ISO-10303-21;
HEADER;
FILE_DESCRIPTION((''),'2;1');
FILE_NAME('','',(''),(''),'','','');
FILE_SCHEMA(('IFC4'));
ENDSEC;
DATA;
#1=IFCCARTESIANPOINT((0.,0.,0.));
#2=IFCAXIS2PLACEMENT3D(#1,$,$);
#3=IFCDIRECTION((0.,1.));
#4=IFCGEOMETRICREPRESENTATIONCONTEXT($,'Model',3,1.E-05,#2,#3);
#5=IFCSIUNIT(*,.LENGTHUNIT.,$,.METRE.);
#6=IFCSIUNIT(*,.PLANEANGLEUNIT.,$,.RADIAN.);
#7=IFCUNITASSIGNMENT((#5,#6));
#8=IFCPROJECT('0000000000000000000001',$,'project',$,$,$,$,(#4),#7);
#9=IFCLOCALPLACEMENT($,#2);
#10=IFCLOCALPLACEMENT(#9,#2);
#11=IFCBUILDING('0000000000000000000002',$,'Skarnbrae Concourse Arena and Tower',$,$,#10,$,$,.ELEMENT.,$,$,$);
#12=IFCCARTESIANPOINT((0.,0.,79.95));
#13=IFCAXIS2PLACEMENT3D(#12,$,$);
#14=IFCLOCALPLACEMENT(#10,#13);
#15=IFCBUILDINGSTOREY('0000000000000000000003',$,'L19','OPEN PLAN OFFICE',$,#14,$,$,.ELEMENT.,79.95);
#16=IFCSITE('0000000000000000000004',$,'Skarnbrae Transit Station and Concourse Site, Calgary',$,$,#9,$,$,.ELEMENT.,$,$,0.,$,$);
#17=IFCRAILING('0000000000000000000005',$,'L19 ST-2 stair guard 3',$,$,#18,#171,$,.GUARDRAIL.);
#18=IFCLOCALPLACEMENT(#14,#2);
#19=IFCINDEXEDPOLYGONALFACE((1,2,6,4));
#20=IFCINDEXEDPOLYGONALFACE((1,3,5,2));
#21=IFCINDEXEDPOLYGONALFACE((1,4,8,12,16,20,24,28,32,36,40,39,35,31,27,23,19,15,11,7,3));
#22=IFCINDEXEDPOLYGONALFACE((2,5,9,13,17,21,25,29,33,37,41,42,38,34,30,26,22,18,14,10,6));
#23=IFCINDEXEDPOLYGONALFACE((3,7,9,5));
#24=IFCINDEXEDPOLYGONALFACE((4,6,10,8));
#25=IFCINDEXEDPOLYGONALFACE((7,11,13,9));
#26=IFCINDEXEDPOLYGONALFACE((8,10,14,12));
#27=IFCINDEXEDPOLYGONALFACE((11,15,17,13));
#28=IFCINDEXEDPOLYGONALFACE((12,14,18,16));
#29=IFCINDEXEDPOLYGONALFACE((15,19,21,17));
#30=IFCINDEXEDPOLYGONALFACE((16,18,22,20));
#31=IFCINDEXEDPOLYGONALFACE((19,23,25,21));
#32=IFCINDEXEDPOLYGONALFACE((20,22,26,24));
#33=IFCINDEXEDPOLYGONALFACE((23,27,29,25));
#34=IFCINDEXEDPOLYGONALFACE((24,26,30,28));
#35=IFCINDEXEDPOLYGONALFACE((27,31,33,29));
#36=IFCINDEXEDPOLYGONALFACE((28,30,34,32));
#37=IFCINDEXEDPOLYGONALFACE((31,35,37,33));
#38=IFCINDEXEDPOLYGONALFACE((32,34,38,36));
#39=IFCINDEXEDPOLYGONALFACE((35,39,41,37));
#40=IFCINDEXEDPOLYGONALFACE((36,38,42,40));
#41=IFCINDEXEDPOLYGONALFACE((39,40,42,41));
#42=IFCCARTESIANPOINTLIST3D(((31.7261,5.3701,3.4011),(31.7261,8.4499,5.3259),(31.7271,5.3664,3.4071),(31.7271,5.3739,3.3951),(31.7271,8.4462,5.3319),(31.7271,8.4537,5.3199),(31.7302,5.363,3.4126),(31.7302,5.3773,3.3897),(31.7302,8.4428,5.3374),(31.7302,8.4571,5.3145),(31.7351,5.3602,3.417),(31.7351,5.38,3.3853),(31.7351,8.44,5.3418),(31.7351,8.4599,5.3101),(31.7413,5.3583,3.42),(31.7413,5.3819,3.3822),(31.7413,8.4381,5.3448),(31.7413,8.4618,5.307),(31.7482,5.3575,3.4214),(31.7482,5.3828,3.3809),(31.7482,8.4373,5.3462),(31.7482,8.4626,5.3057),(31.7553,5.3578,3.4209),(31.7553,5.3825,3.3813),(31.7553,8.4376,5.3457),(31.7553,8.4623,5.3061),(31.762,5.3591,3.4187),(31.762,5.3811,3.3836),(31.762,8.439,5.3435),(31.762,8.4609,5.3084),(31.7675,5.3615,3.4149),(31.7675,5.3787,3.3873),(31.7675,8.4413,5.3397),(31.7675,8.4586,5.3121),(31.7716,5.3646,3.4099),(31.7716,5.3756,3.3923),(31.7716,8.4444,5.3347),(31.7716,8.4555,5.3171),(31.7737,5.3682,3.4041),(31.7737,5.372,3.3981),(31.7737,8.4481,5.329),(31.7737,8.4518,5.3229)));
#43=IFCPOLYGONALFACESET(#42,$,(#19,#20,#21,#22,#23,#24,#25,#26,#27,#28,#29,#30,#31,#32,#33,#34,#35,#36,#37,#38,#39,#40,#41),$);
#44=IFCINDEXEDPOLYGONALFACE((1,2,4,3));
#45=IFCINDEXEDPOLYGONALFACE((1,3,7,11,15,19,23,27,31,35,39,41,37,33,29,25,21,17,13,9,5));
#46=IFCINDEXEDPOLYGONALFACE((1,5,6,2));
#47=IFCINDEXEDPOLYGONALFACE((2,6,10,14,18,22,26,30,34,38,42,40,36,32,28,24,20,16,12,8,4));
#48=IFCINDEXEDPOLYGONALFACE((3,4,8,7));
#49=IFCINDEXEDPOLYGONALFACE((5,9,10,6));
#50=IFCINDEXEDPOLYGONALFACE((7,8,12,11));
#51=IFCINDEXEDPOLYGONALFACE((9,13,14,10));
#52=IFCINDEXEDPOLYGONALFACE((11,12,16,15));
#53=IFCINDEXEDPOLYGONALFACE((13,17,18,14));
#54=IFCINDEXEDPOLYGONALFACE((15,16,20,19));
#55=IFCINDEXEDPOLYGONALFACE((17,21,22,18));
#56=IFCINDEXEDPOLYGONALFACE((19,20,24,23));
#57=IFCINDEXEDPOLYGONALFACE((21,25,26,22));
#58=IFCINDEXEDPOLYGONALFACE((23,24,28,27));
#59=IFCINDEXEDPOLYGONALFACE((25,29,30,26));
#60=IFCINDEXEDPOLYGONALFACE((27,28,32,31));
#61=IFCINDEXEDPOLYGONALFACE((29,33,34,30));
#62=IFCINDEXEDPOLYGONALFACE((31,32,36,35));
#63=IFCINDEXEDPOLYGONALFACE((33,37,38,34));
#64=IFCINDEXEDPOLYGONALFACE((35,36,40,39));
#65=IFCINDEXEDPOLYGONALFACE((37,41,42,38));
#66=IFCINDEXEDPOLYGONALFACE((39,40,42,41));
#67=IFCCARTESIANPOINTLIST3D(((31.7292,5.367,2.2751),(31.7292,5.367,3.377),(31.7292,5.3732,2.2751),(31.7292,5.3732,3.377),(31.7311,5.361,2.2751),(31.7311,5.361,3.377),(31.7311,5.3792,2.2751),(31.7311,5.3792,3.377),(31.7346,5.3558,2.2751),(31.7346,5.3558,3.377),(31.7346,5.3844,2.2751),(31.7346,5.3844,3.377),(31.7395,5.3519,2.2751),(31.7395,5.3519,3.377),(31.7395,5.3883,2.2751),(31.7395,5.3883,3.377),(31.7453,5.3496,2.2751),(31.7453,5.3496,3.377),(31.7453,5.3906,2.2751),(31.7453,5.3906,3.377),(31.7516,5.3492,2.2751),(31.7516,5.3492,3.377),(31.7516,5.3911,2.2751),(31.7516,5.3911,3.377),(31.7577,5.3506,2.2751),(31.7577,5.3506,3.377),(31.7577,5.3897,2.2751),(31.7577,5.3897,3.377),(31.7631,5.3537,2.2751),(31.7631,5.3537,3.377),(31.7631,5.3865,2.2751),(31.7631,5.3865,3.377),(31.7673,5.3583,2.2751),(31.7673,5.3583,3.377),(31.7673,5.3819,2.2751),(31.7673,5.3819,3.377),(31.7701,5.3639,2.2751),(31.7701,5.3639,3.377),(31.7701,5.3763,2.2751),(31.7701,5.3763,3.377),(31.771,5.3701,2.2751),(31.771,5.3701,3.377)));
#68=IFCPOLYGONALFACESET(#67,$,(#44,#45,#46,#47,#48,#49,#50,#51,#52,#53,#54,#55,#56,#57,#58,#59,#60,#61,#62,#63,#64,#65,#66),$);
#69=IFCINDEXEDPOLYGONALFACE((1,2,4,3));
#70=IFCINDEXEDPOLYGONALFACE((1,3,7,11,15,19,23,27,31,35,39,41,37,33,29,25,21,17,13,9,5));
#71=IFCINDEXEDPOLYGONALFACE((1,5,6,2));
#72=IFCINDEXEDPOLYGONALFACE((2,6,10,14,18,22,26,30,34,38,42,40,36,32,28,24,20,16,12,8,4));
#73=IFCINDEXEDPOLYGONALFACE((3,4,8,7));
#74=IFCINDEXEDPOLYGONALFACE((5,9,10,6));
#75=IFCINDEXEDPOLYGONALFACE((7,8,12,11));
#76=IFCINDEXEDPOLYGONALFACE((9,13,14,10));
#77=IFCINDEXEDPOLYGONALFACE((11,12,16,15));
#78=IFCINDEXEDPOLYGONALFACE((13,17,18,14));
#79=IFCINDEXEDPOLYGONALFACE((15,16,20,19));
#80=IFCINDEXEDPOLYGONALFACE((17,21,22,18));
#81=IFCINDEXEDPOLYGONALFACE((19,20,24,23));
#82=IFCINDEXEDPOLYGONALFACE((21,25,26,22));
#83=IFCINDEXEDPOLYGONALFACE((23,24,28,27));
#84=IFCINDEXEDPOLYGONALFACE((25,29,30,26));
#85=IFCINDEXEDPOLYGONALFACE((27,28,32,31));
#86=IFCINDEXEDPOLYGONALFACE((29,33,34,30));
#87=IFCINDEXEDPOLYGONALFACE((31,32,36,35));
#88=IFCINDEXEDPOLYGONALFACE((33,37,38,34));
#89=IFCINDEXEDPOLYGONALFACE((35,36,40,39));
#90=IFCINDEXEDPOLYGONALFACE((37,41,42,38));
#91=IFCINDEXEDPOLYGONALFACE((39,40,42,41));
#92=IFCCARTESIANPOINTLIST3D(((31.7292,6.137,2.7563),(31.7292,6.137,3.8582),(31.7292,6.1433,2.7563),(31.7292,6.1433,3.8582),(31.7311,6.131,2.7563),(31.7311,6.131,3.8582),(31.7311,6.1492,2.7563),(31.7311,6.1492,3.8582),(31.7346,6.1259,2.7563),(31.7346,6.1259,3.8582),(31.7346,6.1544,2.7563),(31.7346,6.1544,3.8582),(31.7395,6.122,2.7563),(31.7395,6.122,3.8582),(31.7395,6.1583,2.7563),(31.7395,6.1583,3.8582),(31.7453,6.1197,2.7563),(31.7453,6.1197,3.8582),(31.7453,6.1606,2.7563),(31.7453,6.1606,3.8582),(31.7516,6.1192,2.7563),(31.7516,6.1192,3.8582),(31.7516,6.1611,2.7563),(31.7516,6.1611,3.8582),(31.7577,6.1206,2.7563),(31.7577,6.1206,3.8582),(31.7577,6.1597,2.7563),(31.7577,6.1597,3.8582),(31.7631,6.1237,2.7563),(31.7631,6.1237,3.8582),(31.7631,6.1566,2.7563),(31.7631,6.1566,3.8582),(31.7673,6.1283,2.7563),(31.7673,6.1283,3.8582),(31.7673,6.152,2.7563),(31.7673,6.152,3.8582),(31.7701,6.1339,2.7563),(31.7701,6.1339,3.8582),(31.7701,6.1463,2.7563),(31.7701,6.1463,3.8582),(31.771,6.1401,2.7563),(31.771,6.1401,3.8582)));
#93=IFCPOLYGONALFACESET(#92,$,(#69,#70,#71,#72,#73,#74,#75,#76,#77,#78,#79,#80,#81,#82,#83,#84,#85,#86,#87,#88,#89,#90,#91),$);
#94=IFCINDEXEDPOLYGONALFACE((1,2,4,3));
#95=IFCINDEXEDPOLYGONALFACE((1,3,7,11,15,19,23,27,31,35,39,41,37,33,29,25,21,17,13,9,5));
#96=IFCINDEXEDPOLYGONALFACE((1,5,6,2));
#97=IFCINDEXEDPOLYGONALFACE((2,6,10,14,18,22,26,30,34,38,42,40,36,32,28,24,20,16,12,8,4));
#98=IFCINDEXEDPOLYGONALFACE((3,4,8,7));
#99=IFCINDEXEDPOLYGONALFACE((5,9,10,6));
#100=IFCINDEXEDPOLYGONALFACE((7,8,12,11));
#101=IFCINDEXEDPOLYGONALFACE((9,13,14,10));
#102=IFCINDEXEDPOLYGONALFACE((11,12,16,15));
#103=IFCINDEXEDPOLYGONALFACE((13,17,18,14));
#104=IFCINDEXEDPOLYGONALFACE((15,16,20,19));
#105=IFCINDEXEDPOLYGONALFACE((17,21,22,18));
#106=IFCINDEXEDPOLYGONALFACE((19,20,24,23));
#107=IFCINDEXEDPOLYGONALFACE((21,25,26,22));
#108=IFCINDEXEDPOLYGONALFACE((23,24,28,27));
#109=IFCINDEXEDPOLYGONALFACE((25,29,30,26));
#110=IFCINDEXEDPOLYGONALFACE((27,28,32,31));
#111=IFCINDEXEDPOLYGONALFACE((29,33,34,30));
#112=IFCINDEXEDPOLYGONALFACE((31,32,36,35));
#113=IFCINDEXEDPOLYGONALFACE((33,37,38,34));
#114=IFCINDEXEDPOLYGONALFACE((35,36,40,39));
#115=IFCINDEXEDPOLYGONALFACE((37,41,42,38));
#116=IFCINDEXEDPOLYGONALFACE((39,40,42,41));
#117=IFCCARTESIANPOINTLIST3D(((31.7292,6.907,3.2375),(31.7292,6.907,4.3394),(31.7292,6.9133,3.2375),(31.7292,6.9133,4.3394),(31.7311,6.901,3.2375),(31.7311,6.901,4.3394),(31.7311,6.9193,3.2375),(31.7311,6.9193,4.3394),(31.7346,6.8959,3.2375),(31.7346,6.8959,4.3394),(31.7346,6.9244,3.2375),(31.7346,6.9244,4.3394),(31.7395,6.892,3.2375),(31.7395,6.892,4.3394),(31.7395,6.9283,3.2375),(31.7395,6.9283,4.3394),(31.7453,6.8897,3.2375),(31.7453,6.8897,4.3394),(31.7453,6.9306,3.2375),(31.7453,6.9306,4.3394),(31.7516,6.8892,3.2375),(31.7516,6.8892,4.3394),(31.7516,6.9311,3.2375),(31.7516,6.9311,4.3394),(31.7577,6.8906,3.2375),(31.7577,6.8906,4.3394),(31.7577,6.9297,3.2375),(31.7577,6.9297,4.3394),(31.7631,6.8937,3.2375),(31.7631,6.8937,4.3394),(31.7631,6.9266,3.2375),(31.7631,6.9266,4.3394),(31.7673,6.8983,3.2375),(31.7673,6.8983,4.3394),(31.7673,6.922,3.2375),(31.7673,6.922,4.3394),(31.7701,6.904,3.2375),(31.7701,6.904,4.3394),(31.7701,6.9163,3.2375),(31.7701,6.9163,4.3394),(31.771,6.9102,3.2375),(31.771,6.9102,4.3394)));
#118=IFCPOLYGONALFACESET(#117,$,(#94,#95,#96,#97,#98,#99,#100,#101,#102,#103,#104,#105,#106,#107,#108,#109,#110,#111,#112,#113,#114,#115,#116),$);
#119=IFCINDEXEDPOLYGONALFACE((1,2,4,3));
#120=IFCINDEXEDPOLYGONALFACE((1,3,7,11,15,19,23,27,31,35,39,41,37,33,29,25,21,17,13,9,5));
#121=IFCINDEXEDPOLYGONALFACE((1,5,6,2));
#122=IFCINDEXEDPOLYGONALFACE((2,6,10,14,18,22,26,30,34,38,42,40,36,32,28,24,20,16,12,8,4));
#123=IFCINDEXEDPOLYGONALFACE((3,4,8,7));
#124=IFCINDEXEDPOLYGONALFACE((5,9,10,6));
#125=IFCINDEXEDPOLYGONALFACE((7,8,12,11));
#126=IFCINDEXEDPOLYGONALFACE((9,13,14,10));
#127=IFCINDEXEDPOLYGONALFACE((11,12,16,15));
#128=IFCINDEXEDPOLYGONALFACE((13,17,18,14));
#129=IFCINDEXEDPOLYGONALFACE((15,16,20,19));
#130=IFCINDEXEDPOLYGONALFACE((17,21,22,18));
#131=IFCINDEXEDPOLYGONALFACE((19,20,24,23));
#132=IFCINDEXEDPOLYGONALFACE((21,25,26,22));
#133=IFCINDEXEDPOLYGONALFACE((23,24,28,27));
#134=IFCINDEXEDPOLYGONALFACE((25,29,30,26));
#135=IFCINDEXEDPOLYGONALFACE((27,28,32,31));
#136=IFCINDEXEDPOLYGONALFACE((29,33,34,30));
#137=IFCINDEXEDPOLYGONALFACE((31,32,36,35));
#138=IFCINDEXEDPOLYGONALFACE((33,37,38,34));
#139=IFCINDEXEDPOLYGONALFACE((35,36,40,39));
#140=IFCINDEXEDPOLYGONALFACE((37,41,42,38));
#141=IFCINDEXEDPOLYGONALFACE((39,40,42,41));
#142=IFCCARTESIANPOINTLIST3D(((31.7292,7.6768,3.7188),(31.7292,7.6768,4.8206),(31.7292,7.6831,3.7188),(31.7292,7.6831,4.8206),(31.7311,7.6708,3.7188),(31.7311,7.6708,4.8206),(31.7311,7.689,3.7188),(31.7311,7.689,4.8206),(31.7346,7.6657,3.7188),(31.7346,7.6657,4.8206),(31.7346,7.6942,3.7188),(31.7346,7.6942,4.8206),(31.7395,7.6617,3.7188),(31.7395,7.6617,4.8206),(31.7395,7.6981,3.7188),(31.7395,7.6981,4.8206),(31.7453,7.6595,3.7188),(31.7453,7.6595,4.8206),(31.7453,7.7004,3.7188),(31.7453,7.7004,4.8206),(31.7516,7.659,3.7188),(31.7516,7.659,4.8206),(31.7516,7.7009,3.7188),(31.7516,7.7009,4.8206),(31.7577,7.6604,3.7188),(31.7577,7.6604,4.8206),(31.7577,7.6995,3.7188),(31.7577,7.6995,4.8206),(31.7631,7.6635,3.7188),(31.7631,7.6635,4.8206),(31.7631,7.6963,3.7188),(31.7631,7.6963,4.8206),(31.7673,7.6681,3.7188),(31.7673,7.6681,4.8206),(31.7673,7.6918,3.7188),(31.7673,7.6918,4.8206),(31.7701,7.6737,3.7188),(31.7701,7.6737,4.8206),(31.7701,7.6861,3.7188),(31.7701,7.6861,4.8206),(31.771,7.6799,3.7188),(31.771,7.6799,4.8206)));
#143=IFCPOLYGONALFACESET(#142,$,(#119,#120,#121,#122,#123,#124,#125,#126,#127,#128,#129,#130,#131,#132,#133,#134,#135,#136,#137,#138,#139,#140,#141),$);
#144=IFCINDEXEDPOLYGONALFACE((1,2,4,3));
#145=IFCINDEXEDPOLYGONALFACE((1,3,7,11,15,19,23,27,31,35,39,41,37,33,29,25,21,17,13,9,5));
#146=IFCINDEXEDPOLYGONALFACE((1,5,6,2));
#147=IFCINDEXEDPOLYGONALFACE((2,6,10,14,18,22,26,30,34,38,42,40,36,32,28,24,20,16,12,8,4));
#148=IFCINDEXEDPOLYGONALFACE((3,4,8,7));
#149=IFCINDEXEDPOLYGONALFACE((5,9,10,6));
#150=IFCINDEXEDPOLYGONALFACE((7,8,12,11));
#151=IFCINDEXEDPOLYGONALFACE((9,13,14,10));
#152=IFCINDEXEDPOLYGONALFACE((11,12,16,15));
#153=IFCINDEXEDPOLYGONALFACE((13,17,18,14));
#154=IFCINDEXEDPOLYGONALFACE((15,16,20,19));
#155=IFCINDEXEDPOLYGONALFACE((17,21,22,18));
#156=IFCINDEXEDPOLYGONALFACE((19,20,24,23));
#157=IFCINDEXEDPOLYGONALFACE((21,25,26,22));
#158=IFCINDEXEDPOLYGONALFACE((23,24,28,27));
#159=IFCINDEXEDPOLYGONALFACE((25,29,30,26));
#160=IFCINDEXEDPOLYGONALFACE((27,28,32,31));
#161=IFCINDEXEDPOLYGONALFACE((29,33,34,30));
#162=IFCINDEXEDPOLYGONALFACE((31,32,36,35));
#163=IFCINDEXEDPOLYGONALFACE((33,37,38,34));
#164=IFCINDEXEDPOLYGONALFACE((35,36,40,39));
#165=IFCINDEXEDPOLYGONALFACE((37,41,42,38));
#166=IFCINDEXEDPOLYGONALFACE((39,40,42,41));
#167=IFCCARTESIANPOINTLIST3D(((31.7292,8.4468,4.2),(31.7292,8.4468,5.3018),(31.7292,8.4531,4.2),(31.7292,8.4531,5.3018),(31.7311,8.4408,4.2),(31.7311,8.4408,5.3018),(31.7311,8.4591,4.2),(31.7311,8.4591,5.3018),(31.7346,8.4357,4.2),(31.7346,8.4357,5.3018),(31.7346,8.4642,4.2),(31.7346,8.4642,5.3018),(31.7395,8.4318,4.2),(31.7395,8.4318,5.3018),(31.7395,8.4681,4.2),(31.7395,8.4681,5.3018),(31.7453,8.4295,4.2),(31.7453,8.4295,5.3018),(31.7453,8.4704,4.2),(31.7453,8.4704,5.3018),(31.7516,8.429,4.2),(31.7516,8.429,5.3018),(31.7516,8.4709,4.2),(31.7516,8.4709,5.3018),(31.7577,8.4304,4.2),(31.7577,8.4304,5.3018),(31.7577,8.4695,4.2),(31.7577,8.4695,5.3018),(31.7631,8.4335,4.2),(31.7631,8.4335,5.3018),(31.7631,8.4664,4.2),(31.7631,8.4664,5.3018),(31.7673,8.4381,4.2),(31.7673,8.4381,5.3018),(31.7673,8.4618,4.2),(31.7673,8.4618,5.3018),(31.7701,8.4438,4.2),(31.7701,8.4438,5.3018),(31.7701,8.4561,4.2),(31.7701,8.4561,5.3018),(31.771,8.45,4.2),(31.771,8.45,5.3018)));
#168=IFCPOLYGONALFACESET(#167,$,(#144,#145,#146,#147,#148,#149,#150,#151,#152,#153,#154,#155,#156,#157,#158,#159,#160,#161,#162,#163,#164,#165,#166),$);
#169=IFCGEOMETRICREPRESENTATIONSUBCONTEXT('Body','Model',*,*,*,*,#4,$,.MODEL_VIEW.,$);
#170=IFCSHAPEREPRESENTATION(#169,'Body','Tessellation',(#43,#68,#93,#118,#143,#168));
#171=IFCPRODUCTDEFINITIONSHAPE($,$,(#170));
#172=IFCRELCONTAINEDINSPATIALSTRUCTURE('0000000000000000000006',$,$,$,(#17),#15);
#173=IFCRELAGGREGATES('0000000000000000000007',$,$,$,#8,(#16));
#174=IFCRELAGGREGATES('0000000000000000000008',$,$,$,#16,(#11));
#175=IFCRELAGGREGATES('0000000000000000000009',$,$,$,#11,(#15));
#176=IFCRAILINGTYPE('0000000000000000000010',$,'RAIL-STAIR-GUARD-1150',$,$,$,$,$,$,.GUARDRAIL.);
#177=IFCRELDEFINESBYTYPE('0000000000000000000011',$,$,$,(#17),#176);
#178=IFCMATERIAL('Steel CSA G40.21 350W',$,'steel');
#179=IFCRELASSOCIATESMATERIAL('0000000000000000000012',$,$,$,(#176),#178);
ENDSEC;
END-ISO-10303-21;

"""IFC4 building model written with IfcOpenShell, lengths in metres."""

from ifc_helpers import new_model, si_unit, direction, frame, origin, origin_2d, place, context, subcontext, project, spatial, circle, extrude, material, type_object, element, save


model = new_model("IFC4")

# Units and contexts
model_context = context("Model", 3, precision=1e-05, world=origin(), true_north=direction((0.0, 1.0)))
body_context = subcontext(model_context, "Body", "Model", "MODEL_VIEW")
ifc_project = project(units=[si_unit("LENGTHUNIT", "METRE"), si_unit("PLANEANGLEUNIT", "RADIAN")], contexts=[model_context])

# Site, building, storey
site_placement = place(None, origin())
site = spatial("IfcSite", under=ifc_project, at=site_placement, Name="Skarnbrae Transit Station and Concourse Site, Calgary", CompositionType="ELEMENT", RefElevation=0.0)
building_placement = place(site_placement, origin())
building = spatial("IfcBuilding", under=site, at=building_placement, Name="Skarnbrae Concourse Arena and Tower", CompositionType="ELEMENT")
storey_placement = place(building_placement, frame((0.0, 0.0, 79.95)))
storey = spatial("IfcBuildingStorey", under=building, at=storey_placement, Name="L19", Description="OPEN PLAN OFFICE", CompositionType="ELEMENT", Elevation=79.95)

# Shared definitions
ifc_material_1 = material(Name="Steel CSA G40.21 350W", Category="steel")

# Railing
railing_type_1 = type_object("IfcRailingType", Name="RAIL-STAIR-GUARD-1150", PredefinedType="GUARDRAIL", material=ifc_material_1)
railing_1_placement = place(storey_placement, frame((31.75, 5.3701, 2.2751)))
element("IfcRailing", 1, at=railing_1_placement, inside=storey, type_object=railing_type_1, Name="L19 ST-2 stair guard 3", PredefinedType="GUARDRAIL", context=body_context, shape_type="SweptSolid", body=[
    extrude(circle(Radius=0.0239, at=origin_2d()), frame((0.0, 0.0, 1.126), z_axis=(0.0, 0.84801, 0.529981), x_axis=(-1.0, 0.0, 0.0)), (0.0, 0.0, 1.0), 3.6318),
    extrude(circle(Radius=0.021, at=origin_2d()), origin(), (0.0, 0.0, 1.0), 1.1018),
    extrude(circle(Radius=0.021, at=origin_2d()), frame((0.0, 0.77, 0.4812)), (0.0, 0.0, 1.0), 1.1018),
    extrude(circle(Radius=0.021, at=origin_2d()), frame((0.0, 1.54, 0.9624)), (0.0, 0.0, 1.0), 1.1018),
    extrude(circle(Radius=0.021, at=origin_2d()), frame((0.0, 2.3098, 1.4436)), (0.0, 0.0, 1.0), 1.1018),
    extrude(circle(Radius=0.021, at=origin_2d()), frame((0.0, 3.0798, 1.9248)), (0.0, 0.0, 1.0), 1.1018),
])

save(model, "model.ifc")
